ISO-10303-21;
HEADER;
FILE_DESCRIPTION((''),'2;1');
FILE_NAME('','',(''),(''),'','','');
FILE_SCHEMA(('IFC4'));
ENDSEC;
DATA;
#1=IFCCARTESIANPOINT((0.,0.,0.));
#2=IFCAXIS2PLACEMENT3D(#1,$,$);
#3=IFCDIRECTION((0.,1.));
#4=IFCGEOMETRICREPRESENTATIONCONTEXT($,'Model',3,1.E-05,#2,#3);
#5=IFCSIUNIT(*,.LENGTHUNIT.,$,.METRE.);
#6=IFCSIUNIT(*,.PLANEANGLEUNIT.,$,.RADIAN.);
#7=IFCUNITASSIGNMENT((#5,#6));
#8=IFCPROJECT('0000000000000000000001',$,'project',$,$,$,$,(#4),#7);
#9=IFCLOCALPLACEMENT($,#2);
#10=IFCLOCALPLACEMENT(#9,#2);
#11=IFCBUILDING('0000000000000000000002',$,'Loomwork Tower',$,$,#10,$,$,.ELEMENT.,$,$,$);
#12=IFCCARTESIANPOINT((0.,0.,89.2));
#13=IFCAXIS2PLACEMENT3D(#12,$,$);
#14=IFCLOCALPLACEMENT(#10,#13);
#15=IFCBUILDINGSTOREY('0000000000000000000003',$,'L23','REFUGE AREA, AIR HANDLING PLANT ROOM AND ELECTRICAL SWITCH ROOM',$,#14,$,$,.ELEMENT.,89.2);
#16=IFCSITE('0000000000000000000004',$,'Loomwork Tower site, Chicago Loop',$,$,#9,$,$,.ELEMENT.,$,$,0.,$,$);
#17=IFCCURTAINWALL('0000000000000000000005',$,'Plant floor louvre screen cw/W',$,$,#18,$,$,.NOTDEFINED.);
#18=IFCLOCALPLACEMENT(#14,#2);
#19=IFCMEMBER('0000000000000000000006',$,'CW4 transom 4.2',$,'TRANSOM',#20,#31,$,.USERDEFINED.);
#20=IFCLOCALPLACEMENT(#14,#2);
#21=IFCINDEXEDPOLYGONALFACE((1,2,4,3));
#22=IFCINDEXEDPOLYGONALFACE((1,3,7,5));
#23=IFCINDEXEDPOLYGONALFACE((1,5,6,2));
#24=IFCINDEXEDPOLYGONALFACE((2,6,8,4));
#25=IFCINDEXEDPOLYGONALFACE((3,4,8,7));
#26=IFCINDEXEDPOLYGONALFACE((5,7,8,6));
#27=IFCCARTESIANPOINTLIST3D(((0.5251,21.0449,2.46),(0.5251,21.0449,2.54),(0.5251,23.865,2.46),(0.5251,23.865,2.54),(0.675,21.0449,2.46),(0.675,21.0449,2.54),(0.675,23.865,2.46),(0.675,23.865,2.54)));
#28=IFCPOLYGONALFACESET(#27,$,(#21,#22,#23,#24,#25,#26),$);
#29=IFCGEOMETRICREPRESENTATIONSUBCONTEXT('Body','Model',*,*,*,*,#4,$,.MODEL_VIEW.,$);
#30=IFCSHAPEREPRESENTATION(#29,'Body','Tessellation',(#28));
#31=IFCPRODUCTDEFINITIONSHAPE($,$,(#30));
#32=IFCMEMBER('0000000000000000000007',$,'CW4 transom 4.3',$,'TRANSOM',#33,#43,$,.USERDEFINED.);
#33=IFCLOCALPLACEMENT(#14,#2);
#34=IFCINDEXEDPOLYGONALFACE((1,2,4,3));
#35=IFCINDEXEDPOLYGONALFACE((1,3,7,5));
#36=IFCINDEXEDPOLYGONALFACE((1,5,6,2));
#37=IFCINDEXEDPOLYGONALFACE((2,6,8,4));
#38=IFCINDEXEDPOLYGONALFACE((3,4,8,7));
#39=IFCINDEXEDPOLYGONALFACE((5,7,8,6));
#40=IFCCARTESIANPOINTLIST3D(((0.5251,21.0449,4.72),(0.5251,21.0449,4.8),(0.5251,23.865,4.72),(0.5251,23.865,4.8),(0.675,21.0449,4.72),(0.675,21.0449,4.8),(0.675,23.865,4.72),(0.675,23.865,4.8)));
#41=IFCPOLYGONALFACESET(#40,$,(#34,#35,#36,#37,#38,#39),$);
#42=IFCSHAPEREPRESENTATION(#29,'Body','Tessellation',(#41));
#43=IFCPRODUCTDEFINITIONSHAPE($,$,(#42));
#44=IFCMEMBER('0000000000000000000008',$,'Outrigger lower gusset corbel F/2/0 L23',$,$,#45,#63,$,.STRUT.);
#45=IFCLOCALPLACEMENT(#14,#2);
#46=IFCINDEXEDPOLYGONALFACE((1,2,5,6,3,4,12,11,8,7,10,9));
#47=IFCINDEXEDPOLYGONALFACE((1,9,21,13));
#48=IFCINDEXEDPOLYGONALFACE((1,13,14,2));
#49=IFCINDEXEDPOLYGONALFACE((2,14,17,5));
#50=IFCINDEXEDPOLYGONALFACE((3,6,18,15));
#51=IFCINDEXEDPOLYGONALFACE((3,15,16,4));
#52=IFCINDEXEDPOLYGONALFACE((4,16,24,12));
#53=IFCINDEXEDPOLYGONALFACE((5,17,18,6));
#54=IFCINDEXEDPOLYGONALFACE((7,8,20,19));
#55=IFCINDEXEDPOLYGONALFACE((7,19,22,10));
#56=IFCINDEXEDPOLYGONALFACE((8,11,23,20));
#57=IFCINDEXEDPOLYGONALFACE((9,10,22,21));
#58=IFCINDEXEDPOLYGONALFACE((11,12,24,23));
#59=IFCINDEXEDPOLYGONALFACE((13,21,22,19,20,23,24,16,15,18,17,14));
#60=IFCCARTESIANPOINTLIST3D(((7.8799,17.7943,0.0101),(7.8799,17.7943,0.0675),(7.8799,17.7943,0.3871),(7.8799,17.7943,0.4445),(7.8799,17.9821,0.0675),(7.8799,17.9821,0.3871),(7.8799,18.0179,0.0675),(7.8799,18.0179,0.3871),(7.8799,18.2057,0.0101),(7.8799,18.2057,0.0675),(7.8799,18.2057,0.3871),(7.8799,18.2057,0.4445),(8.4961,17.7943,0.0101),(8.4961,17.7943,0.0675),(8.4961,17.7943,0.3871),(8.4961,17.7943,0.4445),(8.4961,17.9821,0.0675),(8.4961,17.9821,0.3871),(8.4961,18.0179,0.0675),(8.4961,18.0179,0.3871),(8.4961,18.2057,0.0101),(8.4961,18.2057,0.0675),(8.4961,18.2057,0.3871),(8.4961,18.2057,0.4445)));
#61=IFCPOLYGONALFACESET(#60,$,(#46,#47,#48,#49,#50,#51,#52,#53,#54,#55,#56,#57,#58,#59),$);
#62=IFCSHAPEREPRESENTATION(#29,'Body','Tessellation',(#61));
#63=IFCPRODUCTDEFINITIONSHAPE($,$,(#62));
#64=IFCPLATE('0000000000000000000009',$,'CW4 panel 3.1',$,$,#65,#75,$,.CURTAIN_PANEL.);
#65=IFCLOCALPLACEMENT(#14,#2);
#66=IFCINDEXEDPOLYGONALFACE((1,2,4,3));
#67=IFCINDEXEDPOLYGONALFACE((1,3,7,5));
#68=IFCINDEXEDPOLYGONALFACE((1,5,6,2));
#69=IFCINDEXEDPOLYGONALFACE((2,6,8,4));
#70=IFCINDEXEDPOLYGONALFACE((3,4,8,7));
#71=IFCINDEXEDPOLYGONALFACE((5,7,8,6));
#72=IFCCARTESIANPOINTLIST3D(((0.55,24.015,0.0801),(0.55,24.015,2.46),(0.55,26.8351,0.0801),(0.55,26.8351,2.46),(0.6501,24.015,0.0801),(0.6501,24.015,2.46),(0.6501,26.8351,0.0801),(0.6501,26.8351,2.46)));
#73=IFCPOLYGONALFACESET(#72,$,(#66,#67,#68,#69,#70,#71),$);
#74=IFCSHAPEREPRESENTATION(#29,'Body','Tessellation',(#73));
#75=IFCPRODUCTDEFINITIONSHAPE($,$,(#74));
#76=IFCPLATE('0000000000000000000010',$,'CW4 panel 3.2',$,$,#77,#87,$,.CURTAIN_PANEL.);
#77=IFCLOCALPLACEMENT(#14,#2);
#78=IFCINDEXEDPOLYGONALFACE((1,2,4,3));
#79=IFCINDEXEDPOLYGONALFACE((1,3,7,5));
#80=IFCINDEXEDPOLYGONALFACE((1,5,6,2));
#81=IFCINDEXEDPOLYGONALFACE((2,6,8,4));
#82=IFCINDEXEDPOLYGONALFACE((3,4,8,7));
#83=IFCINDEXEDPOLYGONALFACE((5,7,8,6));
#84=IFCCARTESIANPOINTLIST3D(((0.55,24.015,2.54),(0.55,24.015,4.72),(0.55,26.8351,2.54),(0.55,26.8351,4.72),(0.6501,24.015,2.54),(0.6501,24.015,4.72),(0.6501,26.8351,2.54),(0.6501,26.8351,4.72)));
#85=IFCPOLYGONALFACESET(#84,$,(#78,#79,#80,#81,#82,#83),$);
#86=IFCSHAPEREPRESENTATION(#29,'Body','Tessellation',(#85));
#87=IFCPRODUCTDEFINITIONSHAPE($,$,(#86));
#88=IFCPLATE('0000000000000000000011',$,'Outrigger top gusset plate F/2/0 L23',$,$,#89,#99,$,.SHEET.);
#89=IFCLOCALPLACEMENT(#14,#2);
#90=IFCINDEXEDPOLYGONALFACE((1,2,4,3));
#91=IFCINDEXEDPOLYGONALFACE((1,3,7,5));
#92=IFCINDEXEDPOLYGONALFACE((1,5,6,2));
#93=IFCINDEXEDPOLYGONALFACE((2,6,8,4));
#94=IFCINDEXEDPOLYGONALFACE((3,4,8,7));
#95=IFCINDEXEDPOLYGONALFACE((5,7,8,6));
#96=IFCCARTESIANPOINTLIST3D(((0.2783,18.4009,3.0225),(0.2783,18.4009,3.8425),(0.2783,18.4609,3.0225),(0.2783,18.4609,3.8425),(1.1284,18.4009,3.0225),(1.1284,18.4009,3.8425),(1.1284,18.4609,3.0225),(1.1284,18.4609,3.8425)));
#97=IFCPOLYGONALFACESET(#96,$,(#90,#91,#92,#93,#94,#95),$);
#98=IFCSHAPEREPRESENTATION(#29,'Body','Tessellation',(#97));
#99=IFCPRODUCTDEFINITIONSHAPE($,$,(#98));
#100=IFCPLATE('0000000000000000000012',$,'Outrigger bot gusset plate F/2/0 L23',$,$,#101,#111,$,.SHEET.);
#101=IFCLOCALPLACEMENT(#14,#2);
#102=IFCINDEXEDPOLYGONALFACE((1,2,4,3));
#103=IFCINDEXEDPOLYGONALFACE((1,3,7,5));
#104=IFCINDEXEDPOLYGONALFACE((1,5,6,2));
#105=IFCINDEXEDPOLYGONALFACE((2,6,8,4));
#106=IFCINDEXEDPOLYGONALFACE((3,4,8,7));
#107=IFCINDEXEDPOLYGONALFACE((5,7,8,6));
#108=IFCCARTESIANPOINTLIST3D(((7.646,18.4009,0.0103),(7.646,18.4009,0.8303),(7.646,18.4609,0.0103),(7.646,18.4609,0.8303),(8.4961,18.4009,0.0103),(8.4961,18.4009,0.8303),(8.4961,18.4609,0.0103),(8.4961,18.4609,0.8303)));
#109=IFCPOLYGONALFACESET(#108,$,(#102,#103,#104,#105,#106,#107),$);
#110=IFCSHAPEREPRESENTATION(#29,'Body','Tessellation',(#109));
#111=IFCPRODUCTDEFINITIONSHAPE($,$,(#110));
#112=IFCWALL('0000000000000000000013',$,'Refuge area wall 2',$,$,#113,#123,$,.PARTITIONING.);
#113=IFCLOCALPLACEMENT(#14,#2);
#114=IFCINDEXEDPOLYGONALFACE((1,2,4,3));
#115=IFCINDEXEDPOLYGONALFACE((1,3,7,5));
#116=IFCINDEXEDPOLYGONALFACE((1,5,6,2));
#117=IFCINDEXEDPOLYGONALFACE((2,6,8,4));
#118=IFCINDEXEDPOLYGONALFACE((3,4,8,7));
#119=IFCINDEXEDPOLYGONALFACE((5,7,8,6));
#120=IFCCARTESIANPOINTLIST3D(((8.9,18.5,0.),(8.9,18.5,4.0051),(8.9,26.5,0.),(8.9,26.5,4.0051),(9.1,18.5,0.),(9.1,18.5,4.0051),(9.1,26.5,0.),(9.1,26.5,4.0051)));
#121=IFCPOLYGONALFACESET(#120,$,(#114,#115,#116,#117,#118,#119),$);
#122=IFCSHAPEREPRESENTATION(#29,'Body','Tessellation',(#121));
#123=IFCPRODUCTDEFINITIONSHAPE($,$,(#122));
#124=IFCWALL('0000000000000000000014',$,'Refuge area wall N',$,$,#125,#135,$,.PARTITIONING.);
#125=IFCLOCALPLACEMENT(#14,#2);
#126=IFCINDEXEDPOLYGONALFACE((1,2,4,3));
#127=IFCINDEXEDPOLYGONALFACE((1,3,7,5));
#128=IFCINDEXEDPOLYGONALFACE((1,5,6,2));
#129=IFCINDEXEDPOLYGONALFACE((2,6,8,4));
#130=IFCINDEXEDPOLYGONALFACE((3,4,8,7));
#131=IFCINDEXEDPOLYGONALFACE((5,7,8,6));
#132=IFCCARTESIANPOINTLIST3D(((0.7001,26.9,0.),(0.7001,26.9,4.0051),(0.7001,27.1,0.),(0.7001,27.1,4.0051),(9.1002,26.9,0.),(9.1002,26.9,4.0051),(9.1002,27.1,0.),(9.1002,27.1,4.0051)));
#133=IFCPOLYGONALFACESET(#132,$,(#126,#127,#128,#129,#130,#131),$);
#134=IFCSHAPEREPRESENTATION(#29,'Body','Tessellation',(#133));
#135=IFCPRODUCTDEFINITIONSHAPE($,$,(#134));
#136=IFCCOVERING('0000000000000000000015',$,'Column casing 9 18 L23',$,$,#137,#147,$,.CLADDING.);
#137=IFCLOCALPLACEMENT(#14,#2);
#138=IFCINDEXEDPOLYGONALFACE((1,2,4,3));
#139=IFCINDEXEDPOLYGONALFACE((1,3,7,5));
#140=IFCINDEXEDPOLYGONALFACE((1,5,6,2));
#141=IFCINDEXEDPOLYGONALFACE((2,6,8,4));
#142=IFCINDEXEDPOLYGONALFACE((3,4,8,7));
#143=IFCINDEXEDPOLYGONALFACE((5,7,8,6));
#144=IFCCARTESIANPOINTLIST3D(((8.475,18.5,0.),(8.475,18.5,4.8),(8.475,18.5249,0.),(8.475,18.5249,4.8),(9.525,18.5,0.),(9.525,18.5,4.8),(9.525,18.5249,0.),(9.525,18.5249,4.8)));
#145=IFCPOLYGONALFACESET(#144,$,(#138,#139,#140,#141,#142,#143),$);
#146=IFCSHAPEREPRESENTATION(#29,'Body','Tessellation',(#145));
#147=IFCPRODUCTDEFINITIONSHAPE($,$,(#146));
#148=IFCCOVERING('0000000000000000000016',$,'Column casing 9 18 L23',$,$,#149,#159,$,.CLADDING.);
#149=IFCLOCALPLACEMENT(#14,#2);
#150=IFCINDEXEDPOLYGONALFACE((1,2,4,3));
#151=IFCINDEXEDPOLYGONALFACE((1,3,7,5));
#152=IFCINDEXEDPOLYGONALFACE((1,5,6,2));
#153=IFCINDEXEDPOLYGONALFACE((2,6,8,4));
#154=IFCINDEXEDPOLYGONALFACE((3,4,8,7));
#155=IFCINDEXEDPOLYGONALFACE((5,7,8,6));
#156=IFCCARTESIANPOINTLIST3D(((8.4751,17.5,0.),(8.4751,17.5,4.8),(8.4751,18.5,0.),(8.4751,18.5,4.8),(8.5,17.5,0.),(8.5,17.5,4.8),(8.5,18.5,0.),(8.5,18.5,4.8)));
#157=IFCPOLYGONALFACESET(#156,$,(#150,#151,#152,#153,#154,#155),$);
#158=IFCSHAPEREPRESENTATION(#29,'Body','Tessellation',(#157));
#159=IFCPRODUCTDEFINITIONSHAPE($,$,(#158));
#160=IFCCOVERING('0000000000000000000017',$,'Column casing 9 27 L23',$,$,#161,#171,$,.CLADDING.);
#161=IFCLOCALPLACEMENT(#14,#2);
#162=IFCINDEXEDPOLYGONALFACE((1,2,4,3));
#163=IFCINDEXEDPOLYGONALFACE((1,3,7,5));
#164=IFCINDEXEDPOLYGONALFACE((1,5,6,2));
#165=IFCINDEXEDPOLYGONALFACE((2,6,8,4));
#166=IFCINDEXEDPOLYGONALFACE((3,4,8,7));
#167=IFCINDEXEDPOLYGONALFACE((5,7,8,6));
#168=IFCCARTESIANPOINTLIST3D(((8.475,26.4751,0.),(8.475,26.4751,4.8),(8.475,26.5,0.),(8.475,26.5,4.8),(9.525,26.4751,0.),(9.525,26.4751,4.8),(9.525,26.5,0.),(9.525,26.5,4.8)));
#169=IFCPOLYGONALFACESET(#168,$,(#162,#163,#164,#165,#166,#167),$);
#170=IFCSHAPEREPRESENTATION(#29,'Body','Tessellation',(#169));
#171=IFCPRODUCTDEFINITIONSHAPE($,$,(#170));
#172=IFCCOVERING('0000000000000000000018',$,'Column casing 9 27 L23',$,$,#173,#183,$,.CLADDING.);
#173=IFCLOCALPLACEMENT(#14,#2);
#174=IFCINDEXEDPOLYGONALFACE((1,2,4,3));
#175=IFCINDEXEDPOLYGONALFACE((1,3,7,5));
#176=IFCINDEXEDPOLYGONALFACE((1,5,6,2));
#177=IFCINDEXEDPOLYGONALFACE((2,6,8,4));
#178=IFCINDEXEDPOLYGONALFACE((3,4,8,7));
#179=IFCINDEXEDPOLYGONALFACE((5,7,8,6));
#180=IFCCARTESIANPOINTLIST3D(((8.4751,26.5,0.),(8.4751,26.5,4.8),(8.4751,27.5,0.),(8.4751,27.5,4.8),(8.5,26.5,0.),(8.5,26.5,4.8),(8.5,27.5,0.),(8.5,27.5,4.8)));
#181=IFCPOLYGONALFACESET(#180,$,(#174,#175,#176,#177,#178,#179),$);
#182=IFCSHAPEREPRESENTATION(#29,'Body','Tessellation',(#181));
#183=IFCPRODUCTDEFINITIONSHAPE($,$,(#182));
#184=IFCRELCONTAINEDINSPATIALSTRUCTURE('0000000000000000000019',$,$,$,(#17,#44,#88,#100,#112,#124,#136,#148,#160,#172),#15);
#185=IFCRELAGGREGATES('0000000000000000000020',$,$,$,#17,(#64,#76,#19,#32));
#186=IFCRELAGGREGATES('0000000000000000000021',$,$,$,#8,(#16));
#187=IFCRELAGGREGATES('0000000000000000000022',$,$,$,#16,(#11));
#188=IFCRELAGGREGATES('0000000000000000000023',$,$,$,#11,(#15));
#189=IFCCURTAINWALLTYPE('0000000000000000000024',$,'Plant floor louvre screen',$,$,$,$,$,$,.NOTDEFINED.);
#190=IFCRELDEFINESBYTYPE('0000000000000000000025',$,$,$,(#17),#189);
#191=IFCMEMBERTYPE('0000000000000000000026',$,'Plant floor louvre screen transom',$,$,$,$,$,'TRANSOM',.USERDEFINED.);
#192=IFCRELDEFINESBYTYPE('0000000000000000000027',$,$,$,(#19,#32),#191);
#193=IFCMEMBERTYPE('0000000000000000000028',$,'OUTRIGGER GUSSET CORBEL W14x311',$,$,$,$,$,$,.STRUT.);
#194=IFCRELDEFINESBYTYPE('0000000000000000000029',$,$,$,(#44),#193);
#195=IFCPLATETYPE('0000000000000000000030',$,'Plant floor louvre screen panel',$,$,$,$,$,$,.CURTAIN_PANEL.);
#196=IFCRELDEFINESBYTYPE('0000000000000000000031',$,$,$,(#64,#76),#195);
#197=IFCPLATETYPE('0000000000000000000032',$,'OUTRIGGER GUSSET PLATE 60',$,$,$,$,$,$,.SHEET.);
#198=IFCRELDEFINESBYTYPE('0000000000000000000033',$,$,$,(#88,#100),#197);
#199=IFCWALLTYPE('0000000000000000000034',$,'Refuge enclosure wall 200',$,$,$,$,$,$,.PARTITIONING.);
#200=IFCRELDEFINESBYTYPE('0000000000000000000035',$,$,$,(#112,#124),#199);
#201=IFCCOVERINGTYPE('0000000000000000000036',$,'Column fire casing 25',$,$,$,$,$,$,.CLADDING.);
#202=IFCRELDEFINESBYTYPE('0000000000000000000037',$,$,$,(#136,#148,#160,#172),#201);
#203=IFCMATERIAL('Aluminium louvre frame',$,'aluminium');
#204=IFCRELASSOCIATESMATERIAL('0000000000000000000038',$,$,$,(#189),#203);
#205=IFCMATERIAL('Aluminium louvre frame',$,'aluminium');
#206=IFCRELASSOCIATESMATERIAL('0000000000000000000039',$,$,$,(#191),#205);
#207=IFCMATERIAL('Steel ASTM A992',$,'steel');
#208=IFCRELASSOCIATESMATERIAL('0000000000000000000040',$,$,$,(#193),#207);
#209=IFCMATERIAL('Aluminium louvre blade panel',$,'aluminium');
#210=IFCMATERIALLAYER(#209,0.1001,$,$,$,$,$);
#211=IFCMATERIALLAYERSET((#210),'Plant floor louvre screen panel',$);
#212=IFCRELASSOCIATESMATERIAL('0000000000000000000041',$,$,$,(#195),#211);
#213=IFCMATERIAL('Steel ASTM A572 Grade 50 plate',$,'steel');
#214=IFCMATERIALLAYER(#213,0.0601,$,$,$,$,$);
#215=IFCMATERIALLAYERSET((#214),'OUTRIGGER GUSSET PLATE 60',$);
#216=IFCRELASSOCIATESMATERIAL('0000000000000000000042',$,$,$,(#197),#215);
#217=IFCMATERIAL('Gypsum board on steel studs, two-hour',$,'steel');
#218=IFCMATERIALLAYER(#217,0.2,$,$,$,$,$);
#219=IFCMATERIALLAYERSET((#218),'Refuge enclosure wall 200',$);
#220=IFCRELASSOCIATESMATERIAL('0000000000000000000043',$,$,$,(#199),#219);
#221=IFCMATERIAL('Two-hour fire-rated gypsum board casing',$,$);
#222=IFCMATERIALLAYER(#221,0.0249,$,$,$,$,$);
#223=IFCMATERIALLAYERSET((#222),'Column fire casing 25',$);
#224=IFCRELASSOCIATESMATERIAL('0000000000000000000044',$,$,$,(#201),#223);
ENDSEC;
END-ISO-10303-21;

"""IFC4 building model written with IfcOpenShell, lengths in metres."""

from ifc_helpers import new_model, si_unit, direction, frame, frame_2d, origin, origin_2d, place, context, subcontext, project, spatial, rectangle, i_section, extrude, material, layer, layer_set, material_profile, profile_set, type_object, element, aggregate, save


model = new_model("IFC4")

# Units and contexts
model_context = context("Model", 3, precision=1e-05, world=origin(), true_north=direction((0.0, 1.0)))
body_context = subcontext(model_context, "Body", "Model", "MODEL_VIEW")
ifc_project = project(units=[si_unit("LENGTHUNIT", "METRE"), si_unit("PLANEANGLEUNIT", "RADIAN")], contexts=[model_context])

# Site, building, storey
site_placement = place(None, origin())
site = spatial("IfcSite", under=ifc_project, at=site_placement, Name="Loomwork Tower site, Chicago Loop", CompositionType="ELEMENT", RefElevation=0.0)
building_placement = place(site_placement, origin())
building = spatial("IfcBuilding", under=site, at=building_placement, Name="Loomwork Tower", CompositionType="ELEMENT")
storey_placement = place(building_placement, frame((0.0, 0.0, 89.2)))
storey = spatial("IfcBuildingStorey", under=building, at=storey_placement, Name="L23", Description="REFUGE AREA, AIR HANDLING PLANT ROOM AND ELECTRICAL SWITCH ROOM", CompositionType="ELEMENT", Elevation=89.2)

# Curtain wall, members
ifc_material_1 = material(Name="Aluminium louvre frame", Category="aluminium")
curtain_wall_type = type_object("IfcCurtainWallType", Name="Plant floor louvre screen", PredefinedType="NOTDEFINED", material=ifc_material_1)
curtain_wall_placement = place(storey_placement, origin())
curtain_wall = element("IfcCurtainWall", 1, at=curtain_wall_placement, inside=storey, type_object=curtain_wall_type, Name="Plant floor louvre screen cw/W", PredefinedType="NOTDEFINED")
ifc_material_2 = material(Name="Aluminium louvre frame", Category="aluminium")
ifc_material_profile_1 = material_profile(ifc_material_2, rectangle(XDim=0.1499, YDim=0.0801, at=origin_2d()), Name="AL 80x150")
ifc_profile_set_1 = profile_set([ifc_material_profile_1], Name="Aluminium louvre frame")
member_type_1 = type_object("IfcMemberType", Name="Plant floor louvre screen transom", ElementType="TRANSOM", PredefinedType="USERDEFINED", material=ifc_profile_set_1)
member_1_placement = place(storey_placement, frame((0.6001, 23.865, 2.5), z_axis=(0.0, -1.0, 0.0), x_axis=(1.0, 0.0, 0.0)))
member_1 = element("IfcMember", 2, at=member_1_placement, type_object=member_type_1, Name="CW4 transom 4.2", ObjectType="TRANSOM", PredefinedType="USERDEFINED", context=body_context, shape_type="SweptSolid", body=[
    extrude(rectangle(XDim=0.1499, YDim=0.0801, at=origin_2d()), origin(), (0.0, 0.0, 1.0), 2.8201),
])
member_2_placement = place(storey_placement, frame((0.6001, 23.865, 4.76), z_axis=(0.0, -1.0, 0.0), x_axis=(1.0, 0.0, 0.0)))
member_2 = element("IfcMember", 3, at=member_2_placement, type_object=member_type_1, Name="CW4 transom 4.3", ObjectType="TRANSOM", PredefinedType="USERDEFINED", context=body_context, shape_type="SweptSolid", body=[
    extrude(rectangle(XDim=0.1499, YDim=0.0801, at=origin_2d()), origin(), (0.0, 0.0, 1.0), 2.8201),
])

# Member
ifc_material_3 = material(Name="Steel ASTM A992", Category="steel")
ifc_material_profile_2 = material_profile(ifc_material_3, i_section(OverallWidth=0.4114, OverallDepth=0.4343, WebThickness=0.0359, FlangeThickness=0.0574, at=origin_2d()), Name="W14x311")
ifc_profile_set_2 = profile_set([ifc_material_profile_2], Name="Steel ASTM A992")
member_type_2 = type_object("IfcMemberType", Name="OUTRIGGER GUSSET CORBEL W14x311", PredefinedType="STRUT", material=ifc_profile_set_2)
member_3_placement = place(storey_placement, frame((8.4961, 18.0, 0.2273), z_axis=(-1.0, 0.0, 0.0), x_axis=(0.0, -1.0, 0.0)))
element("IfcMember", 4, at=member_3_placement, inside=storey, type_object=member_type_2, Name="Outrigger lower gusset corbel F/2/0 L23", PredefinedType="STRUT", context=body_context, shape_type="SweptSolid", body=[
    extrude(i_section(OverallWidth=0.4114, OverallDepth=0.4343, WebThickness=0.0359, FlangeThickness=0.0574, at=origin_2d()), origin(), (0.0, 0.0, 1.0), 0.6162),
])

# Plates
ifc_material_4 = material(Name="Aluminium louvre blade panel", Category="aluminium")
ifc_layer_1 = layer(ifc_material_4, 0.1001)
ifc_layer_set_1 = layer_set([ifc_layer_1], Name="Plant floor louvre screen panel")
plate_type_1 = type_object("IfcPlateType", Name="Plant floor louvre screen panel", PredefinedType="CURTAIN_PANEL", material=ifc_layer_set_1)
plate_1_placement = place(storey_placement, frame((0.6001, 25.425, 0.0801), z_axis=(0.0, 0.0, 1.0), x_axis=(0.0, -1.0, 0.0)))
plate_1 = element("IfcPlate", 5, at=plate_1_placement, type_object=plate_type_1, Name="CW4 panel 3.1", PredefinedType="CURTAIN_PANEL", context=body_context, shape_type="SweptSolid", body=[
    extrude(rectangle(XDim=2.8201, YDim=0.1001, at=origin_2d()), origin(), (0.0, 0.0, 1.0), 2.3799),
])
plate_2_placement = place(storey_placement, frame((0.6001, 25.425, 2.54), z_axis=(0.0, 0.0, 1.0), x_axis=(0.0, -1.0, 0.0)))
plate_2 = element("IfcPlate", 6, at=plate_2_placement, type_object=plate_type_1, Name="CW4 panel 3.2", PredefinedType="CURTAIN_PANEL", context=body_context, shape_type="SweptSolid", body=[
    extrude(rectangle(XDim=2.8201, YDim=0.1001, at=origin_2d()), origin(), (0.0, 0.0, 1.0), 2.1799),
])
aggregate(curtain_wall, [plate_1, plate_2, member_1, member_2])

# Plates
ifc_material_5 = material(Name="Steel ASTM A572 Grade 50 plate", Category="steel")
ifc_layer_2 = layer(ifc_material_5, 0.0601)
ifc_layer_set_2 = layer_set([ifc_layer_2], Name="OUTRIGGER GUSSET PLATE 60")
plate_type_2 = type_object("IfcPlateType", Name="OUTRIGGER GUSSET PLATE 60", PredefinedType="SHEET", material=ifc_layer_set_2)
for number, where, z_axis, x_axis, name in (
    (7, (0.7034, 18.4309, 3.0225), (0.0, 0.0, 1.0), (1.0, 0.0, 0.0), "Outrigger top gusset plate F/2/0 L23"),
    (8, (8.071, 18.4309, 0.0103), (0.0, 0.0, 1.0), (1.0, 0.0, 0.0), "Outrigger bot gusset plate F/2/0 L23"),
):
    element("IfcPlate", number, at=place(storey_placement, frame(where, z_axis=z_axis, x_axis=x_axis)), inside=storey, type_object=plate_type_2, Name=name, PredefinedType="SHEET", context=body_context, shape_type="SweptSolid", body=[
        extrude(rectangle(XDim=0.8501, YDim=0.0601, at=origin_2d()), origin(), (0.0, 0.0, 1.0), 0.8201),
    ])

# Walls
ifc_material_6 = material(Name="Gypsum board on steel studs, two-hour", Category="steel")
ifc_layer_3 = layer(ifc_material_6, 0.2)
ifc_layer_set_3 = layer_set([ifc_layer_3], Name="Refuge enclosure wall 200")
wall_type = type_object("IfcWallType", Name="Refuge enclosure wall 200", PredefinedType="PARTITIONING", material=ifc_layer_set_3)
wall_1_placement = place(storey_placement, frame((9.0, 18.5, 0.0), z_axis=(0.0, 0.0, 1.0), x_axis=(0.0, 1.0, 0.0)))
element("IfcWall", 9, at=wall_1_placement, inside=storey, type_object=wall_type, Name="Refuge area wall 2", PredefinedType="PARTITIONING", context=body_context, shape_type="SweptSolid", body=[
    extrude(rectangle(XDim=8.0, YDim=0.2, at=frame_2d((4.0, 0.0))), origin(), (0.0, 0.0, 1.0), 4.0051),
])
wall_2_placement = place(storey_placement, frame((0.7, 27.0, 0.0), z_axis=(0.0, 0.0, 1.0), x_axis=(1.0, 0.0, 0.0)))
element("IfcWall", 10, at=wall_2_placement, inside=storey, type_object=wall_type, Name="Refuge area wall N", PredefinedType="PARTITIONING", context=body_context, shape_type="SweptSolid", body=[
    extrude(rectangle(XDim=8.4001, YDim=0.2, at=frame_2d((4.2002, 0.0))), origin(), (0.0, 0.0, 1.0), 4.0051),
])

# Coverings
ifc_material_7 = material(Name="Two-hour fire-rated gypsum board casing")
ifc_layer_4 = layer(ifc_material_7, 0.0249)
ifc_layer_set_4 = layer_set([ifc_layer_4], Name="Column fire casing 25")
covering_type = type_object("IfcCoveringType", Name="Column fire casing 25", PredefinedType="CLADDING", material=ifc_layer_set_4)
covering_1_placement = place(storey_placement, frame((9.0, 18.5125, 0.0), z_axis=(0.0, 0.0, 1.0), x_axis=(1.0, 0.0, 0.0)))
element("IfcCovering", 11, at=covering_1_placement, inside=storey, type_object=covering_type, Name="Column casing 9 18 L23", PredefinedType="CLADDING", context=body_context, shape_type="SweptSolid", body=[
    extrude(rectangle(XDim=1.05, YDim=0.0249, at=origin_2d()), origin(), (0.0, 0.0, 1.0), 4.8),
])
covering_2_placement = place(storey_placement, frame((8.4875, 18.0, 0.0), z_axis=(0.0, 0.0, 1.0), x_axis=(1.0, 0.0, 0.0)))
element("IfcCovering", 12, at=covering_2_placement, inside=storey, type_object=covering_type, Name="Column casing 9 18 L23", PredefinedType="CLADDING", context=body_context, shape_type="SweptSolid", body=[
    extrude(rectangle(XDim=0.0249, YDim=1.0, at=origin_2d()), origin(), (0.0, 0.0, 1.0), 4.8),
])
covering_3_placement = place(storey_placement, frame((9.0, 26.4875, 0.0), z_axis=(0.0, 0.0, 1.0), x_axis=(1.0, 0.0, 0.0)))
element("IfcCovering", 13, at=covering_3_placement, inside=storey, type_object=covering_type, Name="Column casing 9 27 L23", PredefinedType="CLADDING", context=body_context, shape_type="SweptSolid", body=[
    extrude(rectangle(XDim=1.05, YDim=0.0249, at=origin_2d()), origin(), (0.0, 0.0, 1.0), 4.8),
])
covering_4_placement = place(storey_placement, frame((8.4875, 27.0, 0.0), z_axis=(0.0, 0.0, 1.0), x_axis=(1.0, 0.0, 0.0)))
element("IfcCovering", 14, at=covering_4_placement, inside=storey, type_object=covering_type, Name="Column casing 9 27 L23", PredefinedType="CLADDING", context=body_context, shape_type="SweptSolid", body=[
    extrude(rectangle(XDim=0.0249, YDim=1.0, at=origin_2d()), origin(), (0.0, 0.0, 1.0), 4.8),
])

save(model, "model.ifc")
